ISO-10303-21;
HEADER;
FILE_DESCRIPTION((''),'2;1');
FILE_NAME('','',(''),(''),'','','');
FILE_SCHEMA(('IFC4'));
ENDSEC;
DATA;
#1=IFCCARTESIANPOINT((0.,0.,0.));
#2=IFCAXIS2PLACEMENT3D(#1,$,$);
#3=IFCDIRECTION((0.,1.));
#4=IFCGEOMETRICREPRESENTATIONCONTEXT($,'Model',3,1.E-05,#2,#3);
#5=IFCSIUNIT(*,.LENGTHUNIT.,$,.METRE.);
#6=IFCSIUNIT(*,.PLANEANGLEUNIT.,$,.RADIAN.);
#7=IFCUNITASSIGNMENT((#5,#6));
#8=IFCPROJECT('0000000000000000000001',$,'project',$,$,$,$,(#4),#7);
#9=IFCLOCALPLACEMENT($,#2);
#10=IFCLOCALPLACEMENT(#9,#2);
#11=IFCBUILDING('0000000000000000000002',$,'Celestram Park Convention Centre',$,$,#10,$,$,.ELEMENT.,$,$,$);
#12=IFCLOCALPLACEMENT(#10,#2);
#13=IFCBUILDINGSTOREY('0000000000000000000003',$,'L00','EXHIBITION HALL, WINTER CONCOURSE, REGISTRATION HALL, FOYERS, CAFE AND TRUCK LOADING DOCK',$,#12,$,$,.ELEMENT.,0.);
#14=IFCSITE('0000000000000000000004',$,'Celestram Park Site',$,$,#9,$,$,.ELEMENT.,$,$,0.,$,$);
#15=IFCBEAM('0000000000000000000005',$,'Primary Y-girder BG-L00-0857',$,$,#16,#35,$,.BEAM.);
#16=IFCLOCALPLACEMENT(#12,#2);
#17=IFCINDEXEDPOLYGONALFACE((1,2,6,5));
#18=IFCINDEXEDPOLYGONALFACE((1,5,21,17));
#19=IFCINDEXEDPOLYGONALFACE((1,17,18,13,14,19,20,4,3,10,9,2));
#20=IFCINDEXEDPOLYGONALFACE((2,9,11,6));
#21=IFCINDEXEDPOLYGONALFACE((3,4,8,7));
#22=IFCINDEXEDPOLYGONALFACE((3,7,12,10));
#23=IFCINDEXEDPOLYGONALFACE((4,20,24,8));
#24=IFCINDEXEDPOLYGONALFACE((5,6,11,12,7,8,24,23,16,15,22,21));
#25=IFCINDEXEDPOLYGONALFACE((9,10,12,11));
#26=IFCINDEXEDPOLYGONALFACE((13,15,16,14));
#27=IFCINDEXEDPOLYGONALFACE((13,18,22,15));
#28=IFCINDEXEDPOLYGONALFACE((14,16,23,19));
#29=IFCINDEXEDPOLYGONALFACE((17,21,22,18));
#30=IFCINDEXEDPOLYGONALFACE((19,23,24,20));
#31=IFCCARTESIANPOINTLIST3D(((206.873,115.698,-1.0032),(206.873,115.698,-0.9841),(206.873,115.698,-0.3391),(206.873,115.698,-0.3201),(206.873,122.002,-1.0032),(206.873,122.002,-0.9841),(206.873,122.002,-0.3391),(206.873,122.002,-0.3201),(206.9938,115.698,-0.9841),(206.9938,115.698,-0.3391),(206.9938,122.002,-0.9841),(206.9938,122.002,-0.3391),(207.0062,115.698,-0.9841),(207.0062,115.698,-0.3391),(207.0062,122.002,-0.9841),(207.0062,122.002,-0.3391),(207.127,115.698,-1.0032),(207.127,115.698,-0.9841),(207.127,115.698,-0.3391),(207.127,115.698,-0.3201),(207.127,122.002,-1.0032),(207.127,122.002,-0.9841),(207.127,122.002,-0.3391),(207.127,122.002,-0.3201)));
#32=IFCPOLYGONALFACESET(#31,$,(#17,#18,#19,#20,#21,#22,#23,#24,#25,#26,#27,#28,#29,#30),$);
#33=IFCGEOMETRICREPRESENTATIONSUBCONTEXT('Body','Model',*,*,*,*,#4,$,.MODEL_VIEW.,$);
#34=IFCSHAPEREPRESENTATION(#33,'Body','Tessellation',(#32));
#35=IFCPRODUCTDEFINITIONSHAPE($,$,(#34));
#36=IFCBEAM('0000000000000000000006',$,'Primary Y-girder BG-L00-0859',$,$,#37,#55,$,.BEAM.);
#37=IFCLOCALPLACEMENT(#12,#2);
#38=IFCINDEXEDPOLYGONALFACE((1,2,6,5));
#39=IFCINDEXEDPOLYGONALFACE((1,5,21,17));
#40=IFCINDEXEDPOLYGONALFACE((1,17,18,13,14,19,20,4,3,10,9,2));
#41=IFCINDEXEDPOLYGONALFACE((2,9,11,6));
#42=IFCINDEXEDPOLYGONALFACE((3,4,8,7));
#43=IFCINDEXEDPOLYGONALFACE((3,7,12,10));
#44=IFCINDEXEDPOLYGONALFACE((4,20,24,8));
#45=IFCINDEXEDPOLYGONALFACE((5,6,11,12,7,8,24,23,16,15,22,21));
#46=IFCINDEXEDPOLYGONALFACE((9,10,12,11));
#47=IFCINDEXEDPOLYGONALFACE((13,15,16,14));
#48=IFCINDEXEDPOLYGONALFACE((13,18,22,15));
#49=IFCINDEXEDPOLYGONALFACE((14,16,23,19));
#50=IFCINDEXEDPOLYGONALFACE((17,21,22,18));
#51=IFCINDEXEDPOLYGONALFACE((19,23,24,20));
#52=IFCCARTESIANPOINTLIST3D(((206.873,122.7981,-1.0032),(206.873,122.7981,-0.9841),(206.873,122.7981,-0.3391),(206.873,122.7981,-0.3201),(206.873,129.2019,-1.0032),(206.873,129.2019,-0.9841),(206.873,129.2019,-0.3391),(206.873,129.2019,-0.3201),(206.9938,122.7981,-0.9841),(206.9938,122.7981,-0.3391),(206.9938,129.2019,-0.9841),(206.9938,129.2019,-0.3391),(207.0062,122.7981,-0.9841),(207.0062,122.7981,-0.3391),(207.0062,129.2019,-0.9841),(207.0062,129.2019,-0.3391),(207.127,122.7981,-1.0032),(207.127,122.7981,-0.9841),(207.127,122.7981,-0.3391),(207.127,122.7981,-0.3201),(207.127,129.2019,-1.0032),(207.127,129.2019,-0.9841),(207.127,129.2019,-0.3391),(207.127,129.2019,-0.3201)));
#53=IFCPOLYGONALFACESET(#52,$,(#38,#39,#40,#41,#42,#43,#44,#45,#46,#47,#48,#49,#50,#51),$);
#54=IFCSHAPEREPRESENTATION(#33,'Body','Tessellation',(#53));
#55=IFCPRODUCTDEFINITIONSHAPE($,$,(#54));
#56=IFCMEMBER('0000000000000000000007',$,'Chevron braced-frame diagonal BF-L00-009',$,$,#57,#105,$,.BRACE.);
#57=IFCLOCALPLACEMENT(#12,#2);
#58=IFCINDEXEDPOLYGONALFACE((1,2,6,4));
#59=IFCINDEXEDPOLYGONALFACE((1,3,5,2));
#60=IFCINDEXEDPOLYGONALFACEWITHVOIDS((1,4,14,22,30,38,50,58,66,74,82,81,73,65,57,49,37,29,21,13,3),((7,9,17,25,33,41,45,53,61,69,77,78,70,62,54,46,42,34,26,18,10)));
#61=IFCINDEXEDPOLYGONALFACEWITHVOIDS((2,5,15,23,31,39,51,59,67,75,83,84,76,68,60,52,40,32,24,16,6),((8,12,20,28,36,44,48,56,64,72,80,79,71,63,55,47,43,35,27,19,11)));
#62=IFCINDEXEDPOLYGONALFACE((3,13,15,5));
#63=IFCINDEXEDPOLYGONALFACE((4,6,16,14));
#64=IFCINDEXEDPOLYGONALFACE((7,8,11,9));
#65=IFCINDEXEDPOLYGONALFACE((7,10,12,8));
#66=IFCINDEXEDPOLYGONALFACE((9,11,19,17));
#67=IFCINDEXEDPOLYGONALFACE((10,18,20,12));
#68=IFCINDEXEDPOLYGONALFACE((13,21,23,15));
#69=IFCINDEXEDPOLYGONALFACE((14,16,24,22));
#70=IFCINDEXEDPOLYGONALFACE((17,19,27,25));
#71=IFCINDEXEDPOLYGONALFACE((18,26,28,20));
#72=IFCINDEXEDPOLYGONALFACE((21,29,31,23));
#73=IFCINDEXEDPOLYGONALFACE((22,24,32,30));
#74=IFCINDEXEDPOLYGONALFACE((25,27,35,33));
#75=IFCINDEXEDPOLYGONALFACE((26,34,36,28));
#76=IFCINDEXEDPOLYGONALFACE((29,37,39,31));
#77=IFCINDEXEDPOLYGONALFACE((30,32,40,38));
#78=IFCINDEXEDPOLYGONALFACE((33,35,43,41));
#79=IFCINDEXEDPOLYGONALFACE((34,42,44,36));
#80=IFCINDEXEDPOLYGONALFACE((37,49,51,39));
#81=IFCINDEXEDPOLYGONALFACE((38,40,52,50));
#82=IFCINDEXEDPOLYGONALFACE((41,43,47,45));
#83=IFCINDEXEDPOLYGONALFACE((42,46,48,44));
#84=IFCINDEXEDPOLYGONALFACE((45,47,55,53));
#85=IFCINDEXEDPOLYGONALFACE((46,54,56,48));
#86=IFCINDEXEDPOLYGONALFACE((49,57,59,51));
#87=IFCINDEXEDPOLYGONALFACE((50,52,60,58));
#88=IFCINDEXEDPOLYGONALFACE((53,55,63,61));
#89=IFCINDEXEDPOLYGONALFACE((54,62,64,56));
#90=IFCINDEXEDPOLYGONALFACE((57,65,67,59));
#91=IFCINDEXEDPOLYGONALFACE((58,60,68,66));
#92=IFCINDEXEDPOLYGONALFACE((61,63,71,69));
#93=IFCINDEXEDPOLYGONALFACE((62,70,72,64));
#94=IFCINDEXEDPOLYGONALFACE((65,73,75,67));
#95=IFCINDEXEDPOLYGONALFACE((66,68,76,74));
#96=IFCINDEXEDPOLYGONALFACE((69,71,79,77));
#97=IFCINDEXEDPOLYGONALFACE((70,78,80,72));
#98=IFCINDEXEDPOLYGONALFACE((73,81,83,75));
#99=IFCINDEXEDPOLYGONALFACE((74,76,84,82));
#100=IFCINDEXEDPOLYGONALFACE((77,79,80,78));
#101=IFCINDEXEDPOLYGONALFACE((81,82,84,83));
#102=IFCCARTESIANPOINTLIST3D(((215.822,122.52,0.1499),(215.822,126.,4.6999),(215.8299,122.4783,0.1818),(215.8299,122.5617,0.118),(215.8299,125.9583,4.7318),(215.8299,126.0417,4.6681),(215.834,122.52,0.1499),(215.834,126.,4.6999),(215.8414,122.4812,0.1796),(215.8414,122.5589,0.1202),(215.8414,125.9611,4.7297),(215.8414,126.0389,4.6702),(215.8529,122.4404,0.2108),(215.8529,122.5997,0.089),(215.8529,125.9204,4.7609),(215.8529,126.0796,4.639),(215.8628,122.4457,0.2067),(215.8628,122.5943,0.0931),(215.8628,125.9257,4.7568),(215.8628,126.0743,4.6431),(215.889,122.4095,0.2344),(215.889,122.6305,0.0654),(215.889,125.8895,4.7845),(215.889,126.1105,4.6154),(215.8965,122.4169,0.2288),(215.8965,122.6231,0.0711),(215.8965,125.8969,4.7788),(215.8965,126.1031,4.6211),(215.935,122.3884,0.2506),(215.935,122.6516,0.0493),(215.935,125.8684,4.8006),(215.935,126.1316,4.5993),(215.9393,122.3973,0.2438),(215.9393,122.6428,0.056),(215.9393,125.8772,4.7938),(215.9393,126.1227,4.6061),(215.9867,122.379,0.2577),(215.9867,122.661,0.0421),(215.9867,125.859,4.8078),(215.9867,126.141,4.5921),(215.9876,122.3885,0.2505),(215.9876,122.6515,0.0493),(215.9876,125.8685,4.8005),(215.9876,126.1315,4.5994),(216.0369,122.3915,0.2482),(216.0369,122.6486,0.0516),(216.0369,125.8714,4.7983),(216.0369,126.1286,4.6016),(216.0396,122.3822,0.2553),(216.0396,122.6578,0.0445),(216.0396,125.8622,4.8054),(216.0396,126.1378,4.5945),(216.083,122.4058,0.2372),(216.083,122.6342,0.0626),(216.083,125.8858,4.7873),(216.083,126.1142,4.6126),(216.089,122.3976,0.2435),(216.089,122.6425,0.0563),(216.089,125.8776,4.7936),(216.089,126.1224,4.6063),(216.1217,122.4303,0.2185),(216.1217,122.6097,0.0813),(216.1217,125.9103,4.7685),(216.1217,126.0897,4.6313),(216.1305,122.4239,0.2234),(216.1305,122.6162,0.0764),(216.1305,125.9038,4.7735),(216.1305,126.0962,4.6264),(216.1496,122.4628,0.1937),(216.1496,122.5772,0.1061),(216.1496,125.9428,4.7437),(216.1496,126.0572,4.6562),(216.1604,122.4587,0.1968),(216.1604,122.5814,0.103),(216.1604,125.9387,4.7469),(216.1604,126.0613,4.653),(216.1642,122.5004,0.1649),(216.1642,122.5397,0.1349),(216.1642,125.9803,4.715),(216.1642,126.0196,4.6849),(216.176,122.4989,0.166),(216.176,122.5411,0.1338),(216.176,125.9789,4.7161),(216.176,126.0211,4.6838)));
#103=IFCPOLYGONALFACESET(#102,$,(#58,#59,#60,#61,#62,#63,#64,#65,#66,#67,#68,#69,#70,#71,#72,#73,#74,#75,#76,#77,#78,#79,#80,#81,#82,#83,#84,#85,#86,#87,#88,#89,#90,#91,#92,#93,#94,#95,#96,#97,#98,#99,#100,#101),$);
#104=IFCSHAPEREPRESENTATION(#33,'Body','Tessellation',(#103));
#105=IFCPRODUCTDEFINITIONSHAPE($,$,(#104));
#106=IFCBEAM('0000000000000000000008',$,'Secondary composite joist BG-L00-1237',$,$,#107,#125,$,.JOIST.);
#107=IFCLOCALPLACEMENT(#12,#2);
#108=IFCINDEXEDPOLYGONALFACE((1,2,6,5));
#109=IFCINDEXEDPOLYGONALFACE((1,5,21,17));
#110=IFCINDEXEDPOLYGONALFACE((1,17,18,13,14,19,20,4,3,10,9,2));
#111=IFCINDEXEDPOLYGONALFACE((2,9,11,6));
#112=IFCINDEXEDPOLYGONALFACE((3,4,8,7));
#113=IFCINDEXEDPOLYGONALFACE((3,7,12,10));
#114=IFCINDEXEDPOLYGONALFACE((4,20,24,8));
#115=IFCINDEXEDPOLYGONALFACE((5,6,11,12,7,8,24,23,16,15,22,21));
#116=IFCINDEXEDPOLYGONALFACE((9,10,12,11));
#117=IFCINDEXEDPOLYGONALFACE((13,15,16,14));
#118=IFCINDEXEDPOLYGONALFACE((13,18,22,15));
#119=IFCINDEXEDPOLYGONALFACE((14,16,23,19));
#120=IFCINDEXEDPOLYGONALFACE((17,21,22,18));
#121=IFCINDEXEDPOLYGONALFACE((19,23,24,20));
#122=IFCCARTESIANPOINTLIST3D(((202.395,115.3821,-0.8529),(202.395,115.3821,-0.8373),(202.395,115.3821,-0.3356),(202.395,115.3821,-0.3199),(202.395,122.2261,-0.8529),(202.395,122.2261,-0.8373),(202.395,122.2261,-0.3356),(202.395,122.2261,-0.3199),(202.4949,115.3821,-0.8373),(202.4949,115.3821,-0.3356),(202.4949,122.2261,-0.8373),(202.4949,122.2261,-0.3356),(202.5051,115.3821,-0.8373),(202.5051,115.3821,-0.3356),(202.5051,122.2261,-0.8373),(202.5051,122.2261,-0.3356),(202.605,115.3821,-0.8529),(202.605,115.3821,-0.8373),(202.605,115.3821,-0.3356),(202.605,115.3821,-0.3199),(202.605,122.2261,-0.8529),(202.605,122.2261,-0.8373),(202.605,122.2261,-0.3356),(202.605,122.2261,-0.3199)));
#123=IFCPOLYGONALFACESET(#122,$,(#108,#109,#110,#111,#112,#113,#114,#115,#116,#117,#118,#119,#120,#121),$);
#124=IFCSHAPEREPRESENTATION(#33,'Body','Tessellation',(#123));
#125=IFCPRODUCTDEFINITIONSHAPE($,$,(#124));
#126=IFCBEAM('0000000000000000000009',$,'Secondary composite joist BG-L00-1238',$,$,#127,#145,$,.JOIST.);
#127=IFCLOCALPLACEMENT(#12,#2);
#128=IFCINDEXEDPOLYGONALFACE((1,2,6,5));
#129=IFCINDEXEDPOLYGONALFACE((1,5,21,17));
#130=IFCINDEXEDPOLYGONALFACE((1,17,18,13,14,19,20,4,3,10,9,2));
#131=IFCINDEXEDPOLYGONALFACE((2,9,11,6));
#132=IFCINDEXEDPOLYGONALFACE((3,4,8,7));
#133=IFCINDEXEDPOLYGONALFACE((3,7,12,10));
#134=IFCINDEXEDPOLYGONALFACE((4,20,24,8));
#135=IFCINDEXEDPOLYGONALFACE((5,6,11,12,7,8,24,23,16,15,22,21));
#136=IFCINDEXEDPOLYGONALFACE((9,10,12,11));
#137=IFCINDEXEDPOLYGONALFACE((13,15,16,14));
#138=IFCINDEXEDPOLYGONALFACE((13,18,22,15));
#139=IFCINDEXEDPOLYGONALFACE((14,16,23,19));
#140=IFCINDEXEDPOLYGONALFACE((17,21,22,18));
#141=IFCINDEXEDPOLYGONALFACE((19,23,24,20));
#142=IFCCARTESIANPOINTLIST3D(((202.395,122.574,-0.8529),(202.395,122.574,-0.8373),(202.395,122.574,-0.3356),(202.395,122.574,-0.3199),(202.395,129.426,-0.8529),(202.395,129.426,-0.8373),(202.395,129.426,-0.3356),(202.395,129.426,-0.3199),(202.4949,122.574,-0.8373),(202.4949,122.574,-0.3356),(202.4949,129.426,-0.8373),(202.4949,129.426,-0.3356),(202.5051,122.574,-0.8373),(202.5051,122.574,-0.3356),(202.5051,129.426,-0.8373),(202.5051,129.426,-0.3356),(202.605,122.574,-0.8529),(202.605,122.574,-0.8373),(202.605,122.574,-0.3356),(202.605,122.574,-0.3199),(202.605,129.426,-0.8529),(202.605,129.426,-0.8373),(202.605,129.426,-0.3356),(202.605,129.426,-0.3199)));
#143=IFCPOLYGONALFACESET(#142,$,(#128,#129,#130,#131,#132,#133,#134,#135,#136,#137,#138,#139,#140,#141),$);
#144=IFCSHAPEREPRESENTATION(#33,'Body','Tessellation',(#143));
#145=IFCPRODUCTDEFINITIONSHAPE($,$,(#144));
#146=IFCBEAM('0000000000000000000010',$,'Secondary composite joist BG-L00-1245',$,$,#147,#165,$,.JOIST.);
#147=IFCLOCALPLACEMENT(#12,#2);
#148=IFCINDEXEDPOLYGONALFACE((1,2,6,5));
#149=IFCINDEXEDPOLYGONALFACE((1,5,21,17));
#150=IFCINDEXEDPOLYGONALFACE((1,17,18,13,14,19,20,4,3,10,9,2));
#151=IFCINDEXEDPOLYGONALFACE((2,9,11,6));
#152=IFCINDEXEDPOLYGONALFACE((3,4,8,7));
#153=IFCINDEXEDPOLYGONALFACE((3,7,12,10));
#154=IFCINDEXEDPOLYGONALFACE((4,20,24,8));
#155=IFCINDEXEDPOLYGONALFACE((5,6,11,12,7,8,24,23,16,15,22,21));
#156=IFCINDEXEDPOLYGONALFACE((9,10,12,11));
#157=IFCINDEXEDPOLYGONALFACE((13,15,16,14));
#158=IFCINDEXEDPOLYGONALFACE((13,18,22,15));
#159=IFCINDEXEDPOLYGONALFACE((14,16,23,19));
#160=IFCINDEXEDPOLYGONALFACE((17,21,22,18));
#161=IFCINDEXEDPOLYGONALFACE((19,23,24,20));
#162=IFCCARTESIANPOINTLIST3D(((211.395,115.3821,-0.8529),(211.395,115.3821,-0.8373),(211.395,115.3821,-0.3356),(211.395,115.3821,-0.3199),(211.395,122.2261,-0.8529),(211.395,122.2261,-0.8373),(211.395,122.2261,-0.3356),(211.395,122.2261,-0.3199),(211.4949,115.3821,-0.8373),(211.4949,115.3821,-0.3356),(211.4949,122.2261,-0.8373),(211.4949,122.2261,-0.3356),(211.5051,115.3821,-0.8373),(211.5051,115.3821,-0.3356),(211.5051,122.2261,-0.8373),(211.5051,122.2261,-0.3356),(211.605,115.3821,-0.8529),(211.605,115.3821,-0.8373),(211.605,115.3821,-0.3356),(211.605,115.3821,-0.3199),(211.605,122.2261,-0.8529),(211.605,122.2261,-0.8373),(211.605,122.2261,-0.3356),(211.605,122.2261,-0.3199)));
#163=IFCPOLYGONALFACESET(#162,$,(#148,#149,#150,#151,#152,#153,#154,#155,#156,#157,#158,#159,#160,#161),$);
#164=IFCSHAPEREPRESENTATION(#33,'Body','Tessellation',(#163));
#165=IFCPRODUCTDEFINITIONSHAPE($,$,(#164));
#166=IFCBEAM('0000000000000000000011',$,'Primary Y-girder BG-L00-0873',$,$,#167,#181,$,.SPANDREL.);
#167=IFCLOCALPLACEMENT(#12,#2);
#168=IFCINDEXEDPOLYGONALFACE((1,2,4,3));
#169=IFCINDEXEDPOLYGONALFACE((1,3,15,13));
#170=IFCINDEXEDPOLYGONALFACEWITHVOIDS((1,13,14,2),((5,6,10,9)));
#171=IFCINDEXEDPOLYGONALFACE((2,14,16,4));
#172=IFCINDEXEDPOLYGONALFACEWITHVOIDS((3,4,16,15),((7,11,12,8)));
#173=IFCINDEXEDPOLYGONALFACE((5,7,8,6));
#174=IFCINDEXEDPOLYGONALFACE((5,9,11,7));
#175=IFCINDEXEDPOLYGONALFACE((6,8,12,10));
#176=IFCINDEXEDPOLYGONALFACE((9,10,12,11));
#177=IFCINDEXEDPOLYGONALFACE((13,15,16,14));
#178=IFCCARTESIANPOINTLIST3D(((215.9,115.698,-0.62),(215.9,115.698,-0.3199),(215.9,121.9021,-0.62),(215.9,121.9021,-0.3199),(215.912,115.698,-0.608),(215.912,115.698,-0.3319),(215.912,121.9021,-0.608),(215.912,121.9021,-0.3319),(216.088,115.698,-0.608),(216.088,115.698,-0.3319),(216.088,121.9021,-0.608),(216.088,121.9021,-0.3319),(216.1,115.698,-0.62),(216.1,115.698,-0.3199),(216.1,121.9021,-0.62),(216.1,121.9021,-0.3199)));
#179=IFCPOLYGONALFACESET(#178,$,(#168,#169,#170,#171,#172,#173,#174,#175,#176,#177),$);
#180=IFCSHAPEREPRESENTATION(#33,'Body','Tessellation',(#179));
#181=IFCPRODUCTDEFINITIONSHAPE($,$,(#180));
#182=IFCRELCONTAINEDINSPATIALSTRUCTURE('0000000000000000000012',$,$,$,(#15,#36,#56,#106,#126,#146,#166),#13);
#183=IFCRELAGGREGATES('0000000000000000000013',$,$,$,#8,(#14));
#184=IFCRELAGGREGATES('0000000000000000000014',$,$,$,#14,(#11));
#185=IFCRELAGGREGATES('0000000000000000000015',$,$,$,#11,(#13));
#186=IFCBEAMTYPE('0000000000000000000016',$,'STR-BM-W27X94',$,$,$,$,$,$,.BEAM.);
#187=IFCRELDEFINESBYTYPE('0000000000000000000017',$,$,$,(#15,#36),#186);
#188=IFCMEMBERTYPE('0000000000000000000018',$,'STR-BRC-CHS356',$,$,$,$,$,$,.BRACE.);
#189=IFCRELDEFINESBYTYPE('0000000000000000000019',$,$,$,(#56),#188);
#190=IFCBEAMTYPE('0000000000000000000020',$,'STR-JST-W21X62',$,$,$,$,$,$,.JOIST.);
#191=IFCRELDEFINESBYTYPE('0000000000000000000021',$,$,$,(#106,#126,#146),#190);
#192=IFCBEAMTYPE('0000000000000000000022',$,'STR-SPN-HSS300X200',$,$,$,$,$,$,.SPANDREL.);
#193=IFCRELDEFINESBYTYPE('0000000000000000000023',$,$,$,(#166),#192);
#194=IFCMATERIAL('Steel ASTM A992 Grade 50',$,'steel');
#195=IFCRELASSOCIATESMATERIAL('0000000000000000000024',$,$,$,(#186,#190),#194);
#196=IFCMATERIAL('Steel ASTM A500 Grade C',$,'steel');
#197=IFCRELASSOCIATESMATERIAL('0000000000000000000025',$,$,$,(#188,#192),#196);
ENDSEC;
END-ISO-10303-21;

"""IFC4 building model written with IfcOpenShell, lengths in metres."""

from ifc_helpers import new_model, si_unit, direction, frame, origin, origin_2d, place, context, subcontext, project, spatial, hollow_rectangle, hollow_circle, i_section, extrude, material, material_profile, profile_set, type_object, element, save


model = new_model("IFC4")

# Units and contexts
model_context = context("Model", 3, precision=1e-05, world=origin(), true_north=direction((0.0, 1.0)))
body_context = subcontext(model_context, "Body", "Model", "MODEL_VIEW")
ifc_project = project(units=[si_unit("LENGTHUNIT", "METRE"), si_unit("PLANEANGLEUNIT", "RADIAN")], contexts=[model_context])

# Site, building, storey
site_placement = place(None, origin())
site = spatial("IfcSite", under=ifc_project, at=site_placement, Name="Celestram Park Site", CompositionType="ELEMENT", RefElevation=0.0)
building_placement = place(site_placement, origin())
building = spatial("IfcBuilding", under=site, at=building_placement, Name="Celestram Park Convention Centre", CompositionType="ELEMENT")
storey_placement = place(building_placement, origin())
storey = spatial("IfcBuildingStorey", under=building, at=storey_placement, Name="L00", Description="EXHIBITION HALL, WINTER CONCOURSE, REGISTRATION HALL, FOYERS, CAFE AND TRUCK LOADING DOCK", CompositionType="ELEMENT", Elevation=0.0)

# Shared definitions
ifc_material_1 = material(Name="Steel ASTM A500 Grade C", Category="steel")

# Beams
ifc_material_2 = material(Name="Steel ASTM A992 Grade 50", Category="steel")
ifc_material_profile_1 = material_profile(ifc_material_2, i_section(OverallWidth=0.2539, OverallDepth=0.6831, WebThickness=0.0125, FlangeThickness=0.019, at=origin_2d()), Name="W27X94")
ifc_profile_set_1 = profile_set([ifc_material_profile_1], Name="Steel ASTM A992 Grade 50")
beam_type_1 = type_object("IfcBeamType", Name="STR-BM-W27X94", PredefinedType="BEAM", material=ifc_profile_set_1)
beam_1_placement = place(storey_placement, frame((207.0, 115.698, -0.6616), z_axis=(0.0, 1.0, 0.0), x_axis=(-1.0, 0.0, 0.0)))
element("IfcBeam", 1, at=beam_1_placement, inside=storey, type_object=beam_type_1, Name="Primary Y-girder BG-L00-0857", PredefinedType="BEAM", context=body_context, shape_type="SweptSolid", body=[
    extrude(i_section(OverallWidth=0.2539, OverallDepth=0.6831, WebThickness=0.0125, FlangeThickness=0.019, at=origin_2d()), origin(), (0.0, 0.0, 1.0), 6.304),
])
beam_2_placement = place(storey_placement, frame((207.0, 122.7981, -0.6616), z_axis=(0.0, 1.0, 0.0), x_axis=(-1.0, 0.0, 0.0)))
element("IfcBeam", 2, at=beam_2_placement, inside=storey, type_object=beam_type_1, Name="Primary Y-girder BG-L00-0859", PredefinedType="BEAM", context=body_context, shape_type="SweptSolid", body=[
    extrude(i_section(OverallWidth=0.2539, OverallDepth=0.6831, WebThickness=0.0125, FlangeThickness=0.019, at=origin_2d()), origin(), (0.0, 0.0, 1.0), 6.4038),
])

# Member
ifc_material_profile_2 = material_profile(ifc_material_1, hollow_circle(Radius=0.178, WallThickness=0.012, at=origin_2d()), Name="CHS356X12")
ifc_profile_set_2 = profile_set([ifc_material_profile_2], Name="Steel ASTM A500 Grade C")
member_type = type_object("IfcMemberType", Name="STR-BRC-CHS356", PredefinedType="BRACE", material=ifc_profile_set_2)
member_placement = place(storey_placement, frame((216.0, 122.52, 0.1499), z_axis=(0.0, 0.607509, 0.794313), x_axis=(-1.0, 0.0, 0.0)))
element("IfcMember", 3, at=member_placement, inside=storey, type_object=member_type, Name="Chevron braced-frame diagonal BF-L00-009", PredefinedType="BRACE", context=body_context, shape_type="SweptSolid", body=[
    extrude(hollow_circle(Radius=0.178, WallThickness=0.012, at=origin_2d()), origin(), (0.0, 0.0, 1.0), 5.7283),
])

# Beams
ifc_material_profile_3 = material_profile(ifc_material_2, i_section(OverallWidth=0.21, OverallDepth=0.533, WebThickness=0.0103, FlangeThickness=0.0156, at=origin_2d()), Name="W21X62")
ifc_profile_set_3 = profile_set([ifc_material_profile_3], Name="Steel ASTM A992 Grade 50")
beam_type_2 = type_object("IfcBeamType", Name="STR-JST-W21X62", PredefinedType="JOIST", material=ifc_profile_set_3)
beam_3_placement = place(storey_placement, frame((202.5, 115.3821, -0.5864), z_axis=(0.0, 1.0, 0.0), x_axis=(-1.0, 0.0, 0.0)))
element("IfcBeam", 4, at=beam_3_placement, inside=storey, type_object=beam_type_2, Name="Secondary composite joist BG-L00-1237", PredefinedType="JOIST", context=body_context, shape_type="SweptSolid", body=[
    extrude(i_section(OverallWidth=0.21, OverallDepth=0.533, WebThickness=0.0103, FlangeThickness=0.0156, at=origin_2d()), origin(), (0.0, 0.0, 1.0), 6.844),
])
beam_4_placement = place(storey_placement, frame((202.5, 122.574, -0.5864), z_axis=(0.0, 1.0, 0.0), x_axis=(-1.0, 0.0, 0.0)))
element("IfcBeam", 5, at=beam_4_placement, inside=storey, type_object=beam_type_2, Name="Secondary composite joist BG-L00-1238", PredefinedType="JOIST", context=body_context, shape_type="SweptSolid", body=[
    extrude(i_section(OverallWidth=0.21, OverallDepth=0.533, WebThickness=0.0103, FlangeThickness=0.0156, at=origin_2d()), origin(), (0.0, 0.0, 1.0), 6.8521),
])
beam_5_placement = place(storey_placement, frame((211.5, 115.3821, -0.5864), z_axis=(0.0, 1.0, 0.0), x_axis=(-1.0, 0.0, 0.0)))
element("IfcBeam", 6, at=beam_5_placement, inside=storey, type_object=beam_type_2, Name="Secondary composite joist BG-L00-1245", PredefinedType="JOIST", context=body_context, shape_type="SweptSolid", body=[
    extrude(i_section(OverallWidth=0.21, OverallDepth=0.533, WebThickness=0.0103, FlangeThickness=0.0156, at=origin_2d()), origin(), (0.0, 0.0, 1.0), 6.844),
])
ifc_material_profile_4 = material_profile(ifc_material_1, hollow_rectangle(XDim=0.2, YDim=0.3, WallThickness=0.012, at=origin_2d()), Name="HSS300X200X12")
ifc_profile_set_4 = profile_set([ifc_material_profile_4], Name="Steel ASTM A500 Grade C")
beam_type_3 = type_object("IfcBeamType", Name="STR-SPN-HSS300X200", PredefinedType="SPANDREL", material=ifc_profile_set_4)
for number, where, z_axis, x_axis, name in (
    (7, (216.0, 115.698, -0.47), (0.0, 1.0, 0.0), (-1.0, 0.0, 0.0), "Primary Y-girder BG-L00-0873"),
):
    element("IfcBeam", number, at=place(storey_placement, frame(where, z_axis=z_axis, x_axis=x_axis)), inside=storey, type_object=beam_type_3, Name=name, PredefinedType="SPANDREL", context=body_context, shape_type="SweptSolid", body=[
        extrude(hollow_rectangle(XDim=0.2, YDim=0.3, WallThickness=0.012, at=origin_2d()), origin(), (0.0, 0.0, 1.0), 6.2041),
    ])

save(model, "model.ifc")
